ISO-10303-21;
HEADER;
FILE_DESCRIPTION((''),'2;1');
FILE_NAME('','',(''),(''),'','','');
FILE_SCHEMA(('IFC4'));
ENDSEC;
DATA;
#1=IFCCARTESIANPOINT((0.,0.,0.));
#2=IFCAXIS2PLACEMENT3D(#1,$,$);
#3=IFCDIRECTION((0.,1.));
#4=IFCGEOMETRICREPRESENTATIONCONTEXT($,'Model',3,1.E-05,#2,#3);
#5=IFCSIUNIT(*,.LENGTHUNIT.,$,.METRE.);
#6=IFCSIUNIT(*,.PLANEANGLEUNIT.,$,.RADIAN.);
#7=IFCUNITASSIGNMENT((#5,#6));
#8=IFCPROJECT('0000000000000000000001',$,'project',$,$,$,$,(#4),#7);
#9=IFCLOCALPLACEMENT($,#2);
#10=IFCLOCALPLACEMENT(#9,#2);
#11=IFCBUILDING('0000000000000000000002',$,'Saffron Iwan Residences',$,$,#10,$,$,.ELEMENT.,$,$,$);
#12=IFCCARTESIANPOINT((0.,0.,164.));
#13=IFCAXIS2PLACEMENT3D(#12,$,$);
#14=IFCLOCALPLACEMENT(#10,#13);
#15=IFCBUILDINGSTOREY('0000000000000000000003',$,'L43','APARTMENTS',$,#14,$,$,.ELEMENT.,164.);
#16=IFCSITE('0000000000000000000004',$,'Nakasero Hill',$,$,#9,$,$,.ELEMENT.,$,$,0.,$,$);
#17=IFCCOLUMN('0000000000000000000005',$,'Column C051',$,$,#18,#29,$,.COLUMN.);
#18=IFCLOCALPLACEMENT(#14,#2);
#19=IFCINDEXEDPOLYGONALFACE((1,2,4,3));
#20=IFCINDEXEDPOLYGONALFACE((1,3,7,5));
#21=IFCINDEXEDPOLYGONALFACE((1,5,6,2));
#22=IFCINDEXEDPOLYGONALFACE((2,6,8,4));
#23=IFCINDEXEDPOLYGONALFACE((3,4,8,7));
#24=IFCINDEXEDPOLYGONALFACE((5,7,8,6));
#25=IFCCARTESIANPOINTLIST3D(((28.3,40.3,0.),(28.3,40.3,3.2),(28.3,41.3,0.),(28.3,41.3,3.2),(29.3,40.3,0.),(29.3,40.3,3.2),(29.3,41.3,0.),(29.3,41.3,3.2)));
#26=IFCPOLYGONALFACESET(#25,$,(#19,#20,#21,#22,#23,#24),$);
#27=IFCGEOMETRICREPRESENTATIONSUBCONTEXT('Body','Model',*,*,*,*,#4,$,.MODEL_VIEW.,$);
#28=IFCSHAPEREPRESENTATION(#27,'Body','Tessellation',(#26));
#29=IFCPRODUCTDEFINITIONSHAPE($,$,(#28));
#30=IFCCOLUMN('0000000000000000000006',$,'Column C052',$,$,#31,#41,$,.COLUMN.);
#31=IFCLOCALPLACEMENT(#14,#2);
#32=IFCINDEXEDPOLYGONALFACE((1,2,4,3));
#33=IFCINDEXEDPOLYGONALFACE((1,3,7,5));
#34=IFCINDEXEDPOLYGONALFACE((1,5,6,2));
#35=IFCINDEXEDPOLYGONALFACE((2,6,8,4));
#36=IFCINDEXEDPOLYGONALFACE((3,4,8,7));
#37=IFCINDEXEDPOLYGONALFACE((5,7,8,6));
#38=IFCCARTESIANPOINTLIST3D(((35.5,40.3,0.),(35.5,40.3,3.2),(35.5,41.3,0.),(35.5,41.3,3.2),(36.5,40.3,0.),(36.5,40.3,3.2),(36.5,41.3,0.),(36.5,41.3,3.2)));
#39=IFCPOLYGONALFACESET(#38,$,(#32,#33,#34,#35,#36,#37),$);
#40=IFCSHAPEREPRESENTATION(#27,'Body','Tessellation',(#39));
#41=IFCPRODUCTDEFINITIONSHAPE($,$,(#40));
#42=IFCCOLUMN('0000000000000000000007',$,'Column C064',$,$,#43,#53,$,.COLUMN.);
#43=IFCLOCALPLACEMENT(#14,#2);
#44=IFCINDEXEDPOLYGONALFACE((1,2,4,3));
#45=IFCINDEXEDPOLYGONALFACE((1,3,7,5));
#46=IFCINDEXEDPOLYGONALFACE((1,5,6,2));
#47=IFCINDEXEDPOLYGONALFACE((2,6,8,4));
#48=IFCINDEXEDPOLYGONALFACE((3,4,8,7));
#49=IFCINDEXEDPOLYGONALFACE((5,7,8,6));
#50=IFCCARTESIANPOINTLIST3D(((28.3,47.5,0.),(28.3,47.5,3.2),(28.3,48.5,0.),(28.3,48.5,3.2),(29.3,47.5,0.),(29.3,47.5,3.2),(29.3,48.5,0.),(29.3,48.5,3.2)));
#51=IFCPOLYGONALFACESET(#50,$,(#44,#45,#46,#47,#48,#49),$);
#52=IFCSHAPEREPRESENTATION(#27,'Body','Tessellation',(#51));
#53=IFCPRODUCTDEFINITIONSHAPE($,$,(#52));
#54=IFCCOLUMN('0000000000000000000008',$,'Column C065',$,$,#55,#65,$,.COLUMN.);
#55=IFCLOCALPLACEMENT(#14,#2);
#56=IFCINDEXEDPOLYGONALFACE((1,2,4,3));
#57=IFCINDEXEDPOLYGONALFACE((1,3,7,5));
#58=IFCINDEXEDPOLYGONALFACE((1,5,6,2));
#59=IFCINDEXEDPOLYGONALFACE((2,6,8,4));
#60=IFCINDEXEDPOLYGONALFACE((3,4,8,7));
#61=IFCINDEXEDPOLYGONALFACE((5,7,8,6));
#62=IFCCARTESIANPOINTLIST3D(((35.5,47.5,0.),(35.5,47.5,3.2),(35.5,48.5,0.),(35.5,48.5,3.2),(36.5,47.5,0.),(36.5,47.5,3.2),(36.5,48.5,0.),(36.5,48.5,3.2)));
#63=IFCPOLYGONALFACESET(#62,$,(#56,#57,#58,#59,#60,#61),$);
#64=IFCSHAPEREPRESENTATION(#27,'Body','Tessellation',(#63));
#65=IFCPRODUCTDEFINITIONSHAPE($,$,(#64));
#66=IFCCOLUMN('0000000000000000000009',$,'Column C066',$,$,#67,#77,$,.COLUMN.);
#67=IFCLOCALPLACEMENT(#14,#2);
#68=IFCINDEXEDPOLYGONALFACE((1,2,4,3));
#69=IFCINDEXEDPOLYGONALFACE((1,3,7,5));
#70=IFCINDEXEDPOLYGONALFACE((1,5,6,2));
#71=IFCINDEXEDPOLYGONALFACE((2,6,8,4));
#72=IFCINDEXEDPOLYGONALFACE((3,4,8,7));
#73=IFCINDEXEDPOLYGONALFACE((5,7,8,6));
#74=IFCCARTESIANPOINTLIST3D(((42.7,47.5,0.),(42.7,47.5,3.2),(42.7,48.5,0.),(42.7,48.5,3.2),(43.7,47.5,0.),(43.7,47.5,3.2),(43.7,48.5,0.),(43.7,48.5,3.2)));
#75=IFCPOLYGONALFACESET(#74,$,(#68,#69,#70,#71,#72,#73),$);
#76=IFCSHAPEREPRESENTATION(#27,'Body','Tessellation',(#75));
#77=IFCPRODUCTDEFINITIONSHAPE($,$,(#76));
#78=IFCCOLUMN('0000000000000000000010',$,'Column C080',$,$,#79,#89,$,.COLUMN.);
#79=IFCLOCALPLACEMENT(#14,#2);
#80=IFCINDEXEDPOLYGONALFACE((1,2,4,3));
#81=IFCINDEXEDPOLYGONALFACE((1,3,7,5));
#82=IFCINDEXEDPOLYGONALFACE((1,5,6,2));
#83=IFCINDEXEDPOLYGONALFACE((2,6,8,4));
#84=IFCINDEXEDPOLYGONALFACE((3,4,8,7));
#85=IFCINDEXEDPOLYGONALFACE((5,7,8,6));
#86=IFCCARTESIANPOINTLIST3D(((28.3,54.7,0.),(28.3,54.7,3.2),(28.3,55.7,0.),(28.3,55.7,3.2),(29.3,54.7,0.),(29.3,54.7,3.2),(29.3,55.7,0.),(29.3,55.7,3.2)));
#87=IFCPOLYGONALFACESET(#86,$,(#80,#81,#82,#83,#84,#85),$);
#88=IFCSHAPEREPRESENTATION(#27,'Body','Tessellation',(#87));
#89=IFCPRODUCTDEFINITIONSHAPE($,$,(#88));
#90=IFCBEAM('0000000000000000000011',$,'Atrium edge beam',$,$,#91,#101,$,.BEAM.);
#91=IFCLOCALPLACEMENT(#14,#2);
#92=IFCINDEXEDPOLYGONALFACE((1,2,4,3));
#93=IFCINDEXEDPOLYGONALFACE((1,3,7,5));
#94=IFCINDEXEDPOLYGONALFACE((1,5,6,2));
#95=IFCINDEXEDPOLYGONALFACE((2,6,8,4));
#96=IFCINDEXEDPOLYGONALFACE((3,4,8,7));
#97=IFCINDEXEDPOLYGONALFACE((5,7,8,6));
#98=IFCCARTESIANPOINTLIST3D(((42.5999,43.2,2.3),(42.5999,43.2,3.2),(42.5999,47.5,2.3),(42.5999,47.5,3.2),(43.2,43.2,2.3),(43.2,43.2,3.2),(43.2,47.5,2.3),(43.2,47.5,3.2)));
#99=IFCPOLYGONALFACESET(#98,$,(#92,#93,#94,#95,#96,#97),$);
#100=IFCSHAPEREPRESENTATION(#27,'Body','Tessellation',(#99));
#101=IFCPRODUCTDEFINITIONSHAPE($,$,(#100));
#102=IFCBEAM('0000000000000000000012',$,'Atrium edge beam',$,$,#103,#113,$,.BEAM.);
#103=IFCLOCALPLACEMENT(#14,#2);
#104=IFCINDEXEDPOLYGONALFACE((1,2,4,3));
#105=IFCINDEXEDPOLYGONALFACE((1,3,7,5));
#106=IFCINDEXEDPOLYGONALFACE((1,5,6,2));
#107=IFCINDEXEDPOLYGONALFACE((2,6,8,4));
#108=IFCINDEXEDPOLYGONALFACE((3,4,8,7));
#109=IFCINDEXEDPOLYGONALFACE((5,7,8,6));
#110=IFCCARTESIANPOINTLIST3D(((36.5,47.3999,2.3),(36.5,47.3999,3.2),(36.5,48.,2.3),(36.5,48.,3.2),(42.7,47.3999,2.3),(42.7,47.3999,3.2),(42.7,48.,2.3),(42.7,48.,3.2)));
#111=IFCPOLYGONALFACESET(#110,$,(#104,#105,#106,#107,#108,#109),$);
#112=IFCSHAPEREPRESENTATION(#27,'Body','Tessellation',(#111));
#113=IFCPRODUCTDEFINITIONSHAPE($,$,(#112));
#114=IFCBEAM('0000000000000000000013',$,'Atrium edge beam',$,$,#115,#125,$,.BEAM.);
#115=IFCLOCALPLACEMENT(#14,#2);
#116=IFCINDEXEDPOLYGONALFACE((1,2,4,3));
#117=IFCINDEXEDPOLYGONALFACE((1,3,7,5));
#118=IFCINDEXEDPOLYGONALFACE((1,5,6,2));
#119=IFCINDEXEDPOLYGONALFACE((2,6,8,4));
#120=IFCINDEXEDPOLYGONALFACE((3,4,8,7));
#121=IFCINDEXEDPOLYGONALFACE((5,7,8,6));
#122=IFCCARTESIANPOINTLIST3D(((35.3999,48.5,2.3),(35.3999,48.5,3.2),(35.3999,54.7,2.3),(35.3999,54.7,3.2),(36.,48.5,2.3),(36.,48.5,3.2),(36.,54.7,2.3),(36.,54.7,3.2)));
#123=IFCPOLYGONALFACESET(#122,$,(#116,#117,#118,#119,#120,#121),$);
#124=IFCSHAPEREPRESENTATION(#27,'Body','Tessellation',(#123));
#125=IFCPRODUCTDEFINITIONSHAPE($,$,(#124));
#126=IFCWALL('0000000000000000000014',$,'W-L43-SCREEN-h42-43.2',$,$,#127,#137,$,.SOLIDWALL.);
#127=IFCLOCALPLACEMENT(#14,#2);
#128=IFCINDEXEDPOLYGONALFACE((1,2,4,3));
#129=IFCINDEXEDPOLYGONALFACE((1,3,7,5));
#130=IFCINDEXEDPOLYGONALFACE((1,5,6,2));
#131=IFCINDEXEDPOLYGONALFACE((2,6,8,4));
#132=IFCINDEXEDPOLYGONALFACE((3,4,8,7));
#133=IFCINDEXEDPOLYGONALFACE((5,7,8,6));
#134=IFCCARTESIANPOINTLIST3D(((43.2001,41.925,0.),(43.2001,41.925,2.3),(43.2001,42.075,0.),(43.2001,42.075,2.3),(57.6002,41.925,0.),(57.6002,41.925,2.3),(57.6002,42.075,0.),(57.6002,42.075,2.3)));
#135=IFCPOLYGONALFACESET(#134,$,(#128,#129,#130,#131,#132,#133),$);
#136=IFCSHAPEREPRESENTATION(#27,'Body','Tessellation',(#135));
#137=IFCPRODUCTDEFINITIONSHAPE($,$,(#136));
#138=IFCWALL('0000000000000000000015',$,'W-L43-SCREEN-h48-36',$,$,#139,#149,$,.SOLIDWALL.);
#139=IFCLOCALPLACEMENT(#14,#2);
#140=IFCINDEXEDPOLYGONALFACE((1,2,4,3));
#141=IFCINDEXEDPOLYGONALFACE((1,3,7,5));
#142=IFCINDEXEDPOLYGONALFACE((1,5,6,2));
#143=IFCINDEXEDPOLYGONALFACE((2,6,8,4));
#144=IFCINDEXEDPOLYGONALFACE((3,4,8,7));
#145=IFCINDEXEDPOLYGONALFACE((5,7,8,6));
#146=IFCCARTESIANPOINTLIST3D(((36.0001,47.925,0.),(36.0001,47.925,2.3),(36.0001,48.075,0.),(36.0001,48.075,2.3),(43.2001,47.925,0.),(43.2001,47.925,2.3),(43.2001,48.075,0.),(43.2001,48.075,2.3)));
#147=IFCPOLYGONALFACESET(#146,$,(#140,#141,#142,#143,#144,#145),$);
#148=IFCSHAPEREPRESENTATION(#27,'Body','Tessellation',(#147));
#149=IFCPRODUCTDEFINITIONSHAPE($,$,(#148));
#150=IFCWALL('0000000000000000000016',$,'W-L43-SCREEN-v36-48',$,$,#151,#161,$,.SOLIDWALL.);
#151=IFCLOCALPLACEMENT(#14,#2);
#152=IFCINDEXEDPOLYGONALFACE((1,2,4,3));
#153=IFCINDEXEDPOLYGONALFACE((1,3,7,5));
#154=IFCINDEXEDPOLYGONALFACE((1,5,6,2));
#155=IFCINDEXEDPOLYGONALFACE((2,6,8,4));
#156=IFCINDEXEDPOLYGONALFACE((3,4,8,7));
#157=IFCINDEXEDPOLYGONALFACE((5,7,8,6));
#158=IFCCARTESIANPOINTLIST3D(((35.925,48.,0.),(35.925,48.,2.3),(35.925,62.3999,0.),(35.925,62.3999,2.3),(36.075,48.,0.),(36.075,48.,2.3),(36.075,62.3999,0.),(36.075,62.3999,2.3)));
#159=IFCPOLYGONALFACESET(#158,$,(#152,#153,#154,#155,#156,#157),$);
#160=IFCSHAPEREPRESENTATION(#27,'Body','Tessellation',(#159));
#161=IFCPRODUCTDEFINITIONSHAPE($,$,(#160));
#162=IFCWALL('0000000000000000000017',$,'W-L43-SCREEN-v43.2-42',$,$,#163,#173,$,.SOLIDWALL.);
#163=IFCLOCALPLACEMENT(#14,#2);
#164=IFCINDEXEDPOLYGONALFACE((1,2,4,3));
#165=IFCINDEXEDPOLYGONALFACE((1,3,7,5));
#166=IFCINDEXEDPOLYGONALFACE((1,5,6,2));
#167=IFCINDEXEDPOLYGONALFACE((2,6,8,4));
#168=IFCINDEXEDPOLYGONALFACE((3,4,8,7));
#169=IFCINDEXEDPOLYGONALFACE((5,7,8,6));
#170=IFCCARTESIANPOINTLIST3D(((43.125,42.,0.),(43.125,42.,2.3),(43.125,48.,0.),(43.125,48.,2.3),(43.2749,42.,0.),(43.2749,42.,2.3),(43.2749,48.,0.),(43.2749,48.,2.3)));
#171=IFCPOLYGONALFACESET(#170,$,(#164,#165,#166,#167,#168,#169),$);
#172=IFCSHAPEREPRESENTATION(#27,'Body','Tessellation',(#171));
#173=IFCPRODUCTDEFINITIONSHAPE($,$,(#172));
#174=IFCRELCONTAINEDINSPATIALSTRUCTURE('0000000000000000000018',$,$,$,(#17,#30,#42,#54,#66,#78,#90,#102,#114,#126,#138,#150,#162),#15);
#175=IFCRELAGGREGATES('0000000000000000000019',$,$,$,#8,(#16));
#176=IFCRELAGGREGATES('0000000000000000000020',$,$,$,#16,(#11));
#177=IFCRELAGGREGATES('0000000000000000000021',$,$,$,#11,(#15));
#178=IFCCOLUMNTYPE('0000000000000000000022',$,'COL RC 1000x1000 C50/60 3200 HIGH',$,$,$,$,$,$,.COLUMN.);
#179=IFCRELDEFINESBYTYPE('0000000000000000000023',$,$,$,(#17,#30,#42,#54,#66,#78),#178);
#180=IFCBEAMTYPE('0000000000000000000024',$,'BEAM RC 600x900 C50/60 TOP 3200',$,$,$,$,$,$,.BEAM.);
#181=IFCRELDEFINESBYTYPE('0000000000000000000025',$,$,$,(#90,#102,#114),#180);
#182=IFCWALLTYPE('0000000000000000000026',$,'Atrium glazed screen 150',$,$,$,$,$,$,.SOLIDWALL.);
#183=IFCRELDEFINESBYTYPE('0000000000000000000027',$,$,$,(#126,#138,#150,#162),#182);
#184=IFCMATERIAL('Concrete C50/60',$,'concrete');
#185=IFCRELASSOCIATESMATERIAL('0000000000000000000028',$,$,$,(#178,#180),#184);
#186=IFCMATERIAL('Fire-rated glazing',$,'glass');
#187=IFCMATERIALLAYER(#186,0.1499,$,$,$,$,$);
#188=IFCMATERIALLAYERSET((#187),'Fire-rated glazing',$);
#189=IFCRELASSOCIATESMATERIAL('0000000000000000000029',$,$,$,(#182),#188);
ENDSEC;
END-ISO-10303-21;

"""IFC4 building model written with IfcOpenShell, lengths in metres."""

from ifc_helpers import new_model, si_unit, direction, frame, frame_2d, origin, origin_2d, place, context, subcontext, project, spatial, rectangle, extrude, source, transform, mapped, material, layer, layer_set, material_profile, profile_set, type_object, element, save


model = new_model("IFC4")

# Units and contexts
model_context = context("Model", 3, precision=1e-05, world=origin(), true_north=direction((0.0, 1.0)))
body_context = subcontext(model_context, "Body", "Model", "MODEL_VIEW")
ifc_project = project(units=[si_unit("LENGTHUNIT", "METRE"), si_unit("PLANEANGLEUNIT", "RADIAN")], contexts=[model_context])

# Site, building, storey
site_placement = place(None, origin())
site = spatial("IfcSite", under=ifc_project, at=site_placement, Name="Nakasero Hill", CompositionType="ELEMENT", RefElevation=0.0)
building_placement = place(site_placement, origin())
building = spatial("IfcBuilding", under=site, at=building_placement, Name="Saffron Iwan Residences", CompositionType="ELEMENT")
storey_placement = place(building_placement, frame((0.0, 0.0, 164.0)))
storey = spatial("IfcBuildingStorey", under=building, at=storey_placement, Name="L43", Description="APARTMENTS", CompositionType="ELEMENT", Elevation=164.0)

# Columns
ifc_material_1 = material(Name="Concrete C50/60", Category="concrete")
ifc_material_profile_1 = material_profile(ifc_material_1, rectangle(XDim=1.0, YDim=1.0, at=origin_2d()), Name="RC 1000x1000")
ifc_profile_set_1 = profile_set([ifc_material_profile_1], Name="Concrete C50/60")
column_type = type_object("IfcColumnType", Name="COL RC 1000x1000 C50/60 3200 HIGH", PredefinedType="COLUMN", material=ifc_profile_set_1)
shared_shape_1 = source(origin(), body_context, "Body", "SweptSolid", [
    extrude(rectangle(XDim=1.0, YDim=1.0, at=origin_2d()), origin(), (0.0, 0.0, 1.0), 3.2),
])
for number, where, z_axis, x_axis, name in (
    (1, (28.8, 40.8, 0.0), (0.0, 0.0, 1.0), (1.0, 0.0, 0.0), "Column C051"),
    (2, (36.0, 40.8, 0.0), (0.0, 0.0, 1.0), (1.0, 0.0, 0.0), "Column C052"),
    (3, (28.8, 48.0, 0.0), (0.0, 0.0, 1.0), (1.0, 0.0, 0.0), "Column C064"),
    (4, (36.0, 48.0, 0.0), (0.0, 0.0, 1.0), (1.0, 0.0, 0.0), "Column C065"),
    (5, (43.2, 48.0, 0.0), (0.0, 0.0, 1.0), (1.0, 0.0, 0.0), "Column C066"),
    (6, (28.8, 55.2, 0.0), (0.0, 0.0, 1.0), (1.0, 0.0, 0.0), "Column C080"),
):
    element("IfcColumn", number, at=place(storey_placement, frame(where, z_axis=z_axis, x_axis=x_axis)), inside=storey, type_object=column_type, Name=name, PredefinedType="COLUMN", context=body_context, shape_type="MappedRepresentation", body=[
        mapped(shared_shape_1, transform((0.0, 0.0, 0.0))),
    ])

# Beams
ifc_material_profile_2 = material_profile(ifc_material_1, rectangle(XDim=0.6001, YDim=0.8999, at=origin_2d()), Name="RC 600x900")
ifc_profile_set_2 = profile_set([ifc_material_profile_2], Name="Concrete C50/60")
beam_type = type_object("IfcBeamType", Name="BEAM RC 600x900 C50/60 TOP 3200", PredefinedType="BEAM", material=ifc_profile_set_2)
shared_shape_2 = source(origin(), body_context, "Body", "SweptSolid", [
    extrude(rectangle(XDim=0.6001, YDim=0.8999, at=origin_2d()), origin(), (0.0, 0.0, 1.0), 4.3),
])
beam_placement = place(storey_placement, frame((42.8999, 43.2, 2.75), z_axis=(0.0, 1.0, 0.0), x_axis=(-1.0, 0.0, 0.0)))
element("IfcBeam", 7, at=beam_placement, inside=storey, type_object=beam_type, Name="Atrium edge beam", PredefinedType="BEAM", context=body_context, shape_type="MappedRepresentation", body=[
    mapped(shared_shape_2, transform((0.0, 0.0, 0.0))),
])
shared_shape_3 = source(origin(), body_context, "Body", "SweptSolid", [
    extrude(rectangle(XDim=0.6001, YDim=0.8999, at=origin_2d()), origin(), (0.0, 0.0, 1.0), 6.2),
])
for number, where, z_axis, x_axis, name in (
    (8, (42.7, 47.7, 2.75), (-1.0, 0.0, 0.0), (0.0, -1.0, 0.0), "Atrium edge beam"),
    (9, (35.7, 48.5, 2.75), (0.0, 1.0, 0.0), (-1.0, 0.0, 0.0), "Atrium edge beam"),
):
    element("IfcBeam", number, at=place(storey_placement, frame(where, z_axis=z_axis, x_axis=x_axis)), inside=storey, type_object=beam_type, Name=name, PredefinedType="BEAM", context=body_context, shape_type="MappedRepresentation", body=[
        mapped(shared_shape_3, transform((0.0, 0.0, 0.0))),
    ])

# Walls
ifc_material_2 = material(Name="Fire-rated glazing", Category="glass")
ifc_layer_1 = layer(ifc_material_2, 0.1499)
ifc_layer_set_1 = layer_set([ifc_layer_1], Name="Fire-rated glazing")
wall_type_1 = type_object("IfcWallType", Name="Atrium glazed screen 150", PredefinedType="SOLIDWALL", material=ifc_layer_set_1)
wall_1_placement = place(storey_placement, frame((43.2, 42.0, 0.0), z_axis=(0.0, 0.0, 1.0), x_axis=(1.0, 0.0, 0.0)))
element("IfcWall", 10, at=wall_1_placement, inside=storey, type_object=wall_type_1, Name="W-L43-SCREEN-h42-43.2", PredefinedType="SOLIDWALL", context=body_context, shape_type="SweptSolid", body=[
    extrude(rectangle(XDim=14.4001, YDim=0.1499, at=frame_2d((7.2002, 0.0))), origin(), (0.0, 0.0, 1.0), 2.3),
])
wall_2_placement = place(storey_placement, frame((36.0, 48.0, 0.0), z_axis=(0.0, 0.0, 1.0), x_axis=(1.0, 0.0, 0.0)))
element("IfcWall", 11, at=wall_2_placement, inside=storey, type_object=wall_type_1, Name="W-L43-SCREEN-h48-36", PredefinedType="SOLIDWALL", context=body_context, shape_type="SweptSolid", body=[
    extrude(rectangle(XDim=7.2, YDim=0.1499, at=frame_2d((3.6001, 0.0))), origin(), (0.0, 0.0, 1.0), 2.3),
])
wall_3_placement = place(storey_placement, frame((36.0, 48.0, 0.0), z_axis=(0.0, 0.0, 1.0), x_axis=(0.0, 1.0, 0.0)))
element("IfcWall", 12, at=wall_3_placement, inside=storey, type_object=wall_type_1, Name="W-L43-SCREEN-v36-48", PredefinedType="SOLIDWALL", context=body_context, shape_type="SweptSolid", body=[
    extrude(rectangle(XDim=14.3999, YDim=0.1499, at=frame_2d((7.2, 0.0))), origin(), (0.0, 0.0, 1.0), 2.3),
])
wall_4_placement = place(storey_placement, frame((43.2, 42.0, 0.0), z_axis=(0.0, 0.0, 1.0), x_axis=(0.0, 1.0, 0.0)))
element("IfcWall", 13, at=wall_4_placement, inside=storey, type_object=wall_type_1, Name="W-L43-SCREEN-v43.2-42", PredefinedType="SOLIDWALL", context=body_context, shape_type="SweptSolid", body=[
    extrude(rectangle(XDim=6.0, YDim=0.1499, at=frame_2d((3.0, 0.0))), origin(), (0.0, 0.0, 1.0), 2.3),
])

save(model, "model.ifc")
